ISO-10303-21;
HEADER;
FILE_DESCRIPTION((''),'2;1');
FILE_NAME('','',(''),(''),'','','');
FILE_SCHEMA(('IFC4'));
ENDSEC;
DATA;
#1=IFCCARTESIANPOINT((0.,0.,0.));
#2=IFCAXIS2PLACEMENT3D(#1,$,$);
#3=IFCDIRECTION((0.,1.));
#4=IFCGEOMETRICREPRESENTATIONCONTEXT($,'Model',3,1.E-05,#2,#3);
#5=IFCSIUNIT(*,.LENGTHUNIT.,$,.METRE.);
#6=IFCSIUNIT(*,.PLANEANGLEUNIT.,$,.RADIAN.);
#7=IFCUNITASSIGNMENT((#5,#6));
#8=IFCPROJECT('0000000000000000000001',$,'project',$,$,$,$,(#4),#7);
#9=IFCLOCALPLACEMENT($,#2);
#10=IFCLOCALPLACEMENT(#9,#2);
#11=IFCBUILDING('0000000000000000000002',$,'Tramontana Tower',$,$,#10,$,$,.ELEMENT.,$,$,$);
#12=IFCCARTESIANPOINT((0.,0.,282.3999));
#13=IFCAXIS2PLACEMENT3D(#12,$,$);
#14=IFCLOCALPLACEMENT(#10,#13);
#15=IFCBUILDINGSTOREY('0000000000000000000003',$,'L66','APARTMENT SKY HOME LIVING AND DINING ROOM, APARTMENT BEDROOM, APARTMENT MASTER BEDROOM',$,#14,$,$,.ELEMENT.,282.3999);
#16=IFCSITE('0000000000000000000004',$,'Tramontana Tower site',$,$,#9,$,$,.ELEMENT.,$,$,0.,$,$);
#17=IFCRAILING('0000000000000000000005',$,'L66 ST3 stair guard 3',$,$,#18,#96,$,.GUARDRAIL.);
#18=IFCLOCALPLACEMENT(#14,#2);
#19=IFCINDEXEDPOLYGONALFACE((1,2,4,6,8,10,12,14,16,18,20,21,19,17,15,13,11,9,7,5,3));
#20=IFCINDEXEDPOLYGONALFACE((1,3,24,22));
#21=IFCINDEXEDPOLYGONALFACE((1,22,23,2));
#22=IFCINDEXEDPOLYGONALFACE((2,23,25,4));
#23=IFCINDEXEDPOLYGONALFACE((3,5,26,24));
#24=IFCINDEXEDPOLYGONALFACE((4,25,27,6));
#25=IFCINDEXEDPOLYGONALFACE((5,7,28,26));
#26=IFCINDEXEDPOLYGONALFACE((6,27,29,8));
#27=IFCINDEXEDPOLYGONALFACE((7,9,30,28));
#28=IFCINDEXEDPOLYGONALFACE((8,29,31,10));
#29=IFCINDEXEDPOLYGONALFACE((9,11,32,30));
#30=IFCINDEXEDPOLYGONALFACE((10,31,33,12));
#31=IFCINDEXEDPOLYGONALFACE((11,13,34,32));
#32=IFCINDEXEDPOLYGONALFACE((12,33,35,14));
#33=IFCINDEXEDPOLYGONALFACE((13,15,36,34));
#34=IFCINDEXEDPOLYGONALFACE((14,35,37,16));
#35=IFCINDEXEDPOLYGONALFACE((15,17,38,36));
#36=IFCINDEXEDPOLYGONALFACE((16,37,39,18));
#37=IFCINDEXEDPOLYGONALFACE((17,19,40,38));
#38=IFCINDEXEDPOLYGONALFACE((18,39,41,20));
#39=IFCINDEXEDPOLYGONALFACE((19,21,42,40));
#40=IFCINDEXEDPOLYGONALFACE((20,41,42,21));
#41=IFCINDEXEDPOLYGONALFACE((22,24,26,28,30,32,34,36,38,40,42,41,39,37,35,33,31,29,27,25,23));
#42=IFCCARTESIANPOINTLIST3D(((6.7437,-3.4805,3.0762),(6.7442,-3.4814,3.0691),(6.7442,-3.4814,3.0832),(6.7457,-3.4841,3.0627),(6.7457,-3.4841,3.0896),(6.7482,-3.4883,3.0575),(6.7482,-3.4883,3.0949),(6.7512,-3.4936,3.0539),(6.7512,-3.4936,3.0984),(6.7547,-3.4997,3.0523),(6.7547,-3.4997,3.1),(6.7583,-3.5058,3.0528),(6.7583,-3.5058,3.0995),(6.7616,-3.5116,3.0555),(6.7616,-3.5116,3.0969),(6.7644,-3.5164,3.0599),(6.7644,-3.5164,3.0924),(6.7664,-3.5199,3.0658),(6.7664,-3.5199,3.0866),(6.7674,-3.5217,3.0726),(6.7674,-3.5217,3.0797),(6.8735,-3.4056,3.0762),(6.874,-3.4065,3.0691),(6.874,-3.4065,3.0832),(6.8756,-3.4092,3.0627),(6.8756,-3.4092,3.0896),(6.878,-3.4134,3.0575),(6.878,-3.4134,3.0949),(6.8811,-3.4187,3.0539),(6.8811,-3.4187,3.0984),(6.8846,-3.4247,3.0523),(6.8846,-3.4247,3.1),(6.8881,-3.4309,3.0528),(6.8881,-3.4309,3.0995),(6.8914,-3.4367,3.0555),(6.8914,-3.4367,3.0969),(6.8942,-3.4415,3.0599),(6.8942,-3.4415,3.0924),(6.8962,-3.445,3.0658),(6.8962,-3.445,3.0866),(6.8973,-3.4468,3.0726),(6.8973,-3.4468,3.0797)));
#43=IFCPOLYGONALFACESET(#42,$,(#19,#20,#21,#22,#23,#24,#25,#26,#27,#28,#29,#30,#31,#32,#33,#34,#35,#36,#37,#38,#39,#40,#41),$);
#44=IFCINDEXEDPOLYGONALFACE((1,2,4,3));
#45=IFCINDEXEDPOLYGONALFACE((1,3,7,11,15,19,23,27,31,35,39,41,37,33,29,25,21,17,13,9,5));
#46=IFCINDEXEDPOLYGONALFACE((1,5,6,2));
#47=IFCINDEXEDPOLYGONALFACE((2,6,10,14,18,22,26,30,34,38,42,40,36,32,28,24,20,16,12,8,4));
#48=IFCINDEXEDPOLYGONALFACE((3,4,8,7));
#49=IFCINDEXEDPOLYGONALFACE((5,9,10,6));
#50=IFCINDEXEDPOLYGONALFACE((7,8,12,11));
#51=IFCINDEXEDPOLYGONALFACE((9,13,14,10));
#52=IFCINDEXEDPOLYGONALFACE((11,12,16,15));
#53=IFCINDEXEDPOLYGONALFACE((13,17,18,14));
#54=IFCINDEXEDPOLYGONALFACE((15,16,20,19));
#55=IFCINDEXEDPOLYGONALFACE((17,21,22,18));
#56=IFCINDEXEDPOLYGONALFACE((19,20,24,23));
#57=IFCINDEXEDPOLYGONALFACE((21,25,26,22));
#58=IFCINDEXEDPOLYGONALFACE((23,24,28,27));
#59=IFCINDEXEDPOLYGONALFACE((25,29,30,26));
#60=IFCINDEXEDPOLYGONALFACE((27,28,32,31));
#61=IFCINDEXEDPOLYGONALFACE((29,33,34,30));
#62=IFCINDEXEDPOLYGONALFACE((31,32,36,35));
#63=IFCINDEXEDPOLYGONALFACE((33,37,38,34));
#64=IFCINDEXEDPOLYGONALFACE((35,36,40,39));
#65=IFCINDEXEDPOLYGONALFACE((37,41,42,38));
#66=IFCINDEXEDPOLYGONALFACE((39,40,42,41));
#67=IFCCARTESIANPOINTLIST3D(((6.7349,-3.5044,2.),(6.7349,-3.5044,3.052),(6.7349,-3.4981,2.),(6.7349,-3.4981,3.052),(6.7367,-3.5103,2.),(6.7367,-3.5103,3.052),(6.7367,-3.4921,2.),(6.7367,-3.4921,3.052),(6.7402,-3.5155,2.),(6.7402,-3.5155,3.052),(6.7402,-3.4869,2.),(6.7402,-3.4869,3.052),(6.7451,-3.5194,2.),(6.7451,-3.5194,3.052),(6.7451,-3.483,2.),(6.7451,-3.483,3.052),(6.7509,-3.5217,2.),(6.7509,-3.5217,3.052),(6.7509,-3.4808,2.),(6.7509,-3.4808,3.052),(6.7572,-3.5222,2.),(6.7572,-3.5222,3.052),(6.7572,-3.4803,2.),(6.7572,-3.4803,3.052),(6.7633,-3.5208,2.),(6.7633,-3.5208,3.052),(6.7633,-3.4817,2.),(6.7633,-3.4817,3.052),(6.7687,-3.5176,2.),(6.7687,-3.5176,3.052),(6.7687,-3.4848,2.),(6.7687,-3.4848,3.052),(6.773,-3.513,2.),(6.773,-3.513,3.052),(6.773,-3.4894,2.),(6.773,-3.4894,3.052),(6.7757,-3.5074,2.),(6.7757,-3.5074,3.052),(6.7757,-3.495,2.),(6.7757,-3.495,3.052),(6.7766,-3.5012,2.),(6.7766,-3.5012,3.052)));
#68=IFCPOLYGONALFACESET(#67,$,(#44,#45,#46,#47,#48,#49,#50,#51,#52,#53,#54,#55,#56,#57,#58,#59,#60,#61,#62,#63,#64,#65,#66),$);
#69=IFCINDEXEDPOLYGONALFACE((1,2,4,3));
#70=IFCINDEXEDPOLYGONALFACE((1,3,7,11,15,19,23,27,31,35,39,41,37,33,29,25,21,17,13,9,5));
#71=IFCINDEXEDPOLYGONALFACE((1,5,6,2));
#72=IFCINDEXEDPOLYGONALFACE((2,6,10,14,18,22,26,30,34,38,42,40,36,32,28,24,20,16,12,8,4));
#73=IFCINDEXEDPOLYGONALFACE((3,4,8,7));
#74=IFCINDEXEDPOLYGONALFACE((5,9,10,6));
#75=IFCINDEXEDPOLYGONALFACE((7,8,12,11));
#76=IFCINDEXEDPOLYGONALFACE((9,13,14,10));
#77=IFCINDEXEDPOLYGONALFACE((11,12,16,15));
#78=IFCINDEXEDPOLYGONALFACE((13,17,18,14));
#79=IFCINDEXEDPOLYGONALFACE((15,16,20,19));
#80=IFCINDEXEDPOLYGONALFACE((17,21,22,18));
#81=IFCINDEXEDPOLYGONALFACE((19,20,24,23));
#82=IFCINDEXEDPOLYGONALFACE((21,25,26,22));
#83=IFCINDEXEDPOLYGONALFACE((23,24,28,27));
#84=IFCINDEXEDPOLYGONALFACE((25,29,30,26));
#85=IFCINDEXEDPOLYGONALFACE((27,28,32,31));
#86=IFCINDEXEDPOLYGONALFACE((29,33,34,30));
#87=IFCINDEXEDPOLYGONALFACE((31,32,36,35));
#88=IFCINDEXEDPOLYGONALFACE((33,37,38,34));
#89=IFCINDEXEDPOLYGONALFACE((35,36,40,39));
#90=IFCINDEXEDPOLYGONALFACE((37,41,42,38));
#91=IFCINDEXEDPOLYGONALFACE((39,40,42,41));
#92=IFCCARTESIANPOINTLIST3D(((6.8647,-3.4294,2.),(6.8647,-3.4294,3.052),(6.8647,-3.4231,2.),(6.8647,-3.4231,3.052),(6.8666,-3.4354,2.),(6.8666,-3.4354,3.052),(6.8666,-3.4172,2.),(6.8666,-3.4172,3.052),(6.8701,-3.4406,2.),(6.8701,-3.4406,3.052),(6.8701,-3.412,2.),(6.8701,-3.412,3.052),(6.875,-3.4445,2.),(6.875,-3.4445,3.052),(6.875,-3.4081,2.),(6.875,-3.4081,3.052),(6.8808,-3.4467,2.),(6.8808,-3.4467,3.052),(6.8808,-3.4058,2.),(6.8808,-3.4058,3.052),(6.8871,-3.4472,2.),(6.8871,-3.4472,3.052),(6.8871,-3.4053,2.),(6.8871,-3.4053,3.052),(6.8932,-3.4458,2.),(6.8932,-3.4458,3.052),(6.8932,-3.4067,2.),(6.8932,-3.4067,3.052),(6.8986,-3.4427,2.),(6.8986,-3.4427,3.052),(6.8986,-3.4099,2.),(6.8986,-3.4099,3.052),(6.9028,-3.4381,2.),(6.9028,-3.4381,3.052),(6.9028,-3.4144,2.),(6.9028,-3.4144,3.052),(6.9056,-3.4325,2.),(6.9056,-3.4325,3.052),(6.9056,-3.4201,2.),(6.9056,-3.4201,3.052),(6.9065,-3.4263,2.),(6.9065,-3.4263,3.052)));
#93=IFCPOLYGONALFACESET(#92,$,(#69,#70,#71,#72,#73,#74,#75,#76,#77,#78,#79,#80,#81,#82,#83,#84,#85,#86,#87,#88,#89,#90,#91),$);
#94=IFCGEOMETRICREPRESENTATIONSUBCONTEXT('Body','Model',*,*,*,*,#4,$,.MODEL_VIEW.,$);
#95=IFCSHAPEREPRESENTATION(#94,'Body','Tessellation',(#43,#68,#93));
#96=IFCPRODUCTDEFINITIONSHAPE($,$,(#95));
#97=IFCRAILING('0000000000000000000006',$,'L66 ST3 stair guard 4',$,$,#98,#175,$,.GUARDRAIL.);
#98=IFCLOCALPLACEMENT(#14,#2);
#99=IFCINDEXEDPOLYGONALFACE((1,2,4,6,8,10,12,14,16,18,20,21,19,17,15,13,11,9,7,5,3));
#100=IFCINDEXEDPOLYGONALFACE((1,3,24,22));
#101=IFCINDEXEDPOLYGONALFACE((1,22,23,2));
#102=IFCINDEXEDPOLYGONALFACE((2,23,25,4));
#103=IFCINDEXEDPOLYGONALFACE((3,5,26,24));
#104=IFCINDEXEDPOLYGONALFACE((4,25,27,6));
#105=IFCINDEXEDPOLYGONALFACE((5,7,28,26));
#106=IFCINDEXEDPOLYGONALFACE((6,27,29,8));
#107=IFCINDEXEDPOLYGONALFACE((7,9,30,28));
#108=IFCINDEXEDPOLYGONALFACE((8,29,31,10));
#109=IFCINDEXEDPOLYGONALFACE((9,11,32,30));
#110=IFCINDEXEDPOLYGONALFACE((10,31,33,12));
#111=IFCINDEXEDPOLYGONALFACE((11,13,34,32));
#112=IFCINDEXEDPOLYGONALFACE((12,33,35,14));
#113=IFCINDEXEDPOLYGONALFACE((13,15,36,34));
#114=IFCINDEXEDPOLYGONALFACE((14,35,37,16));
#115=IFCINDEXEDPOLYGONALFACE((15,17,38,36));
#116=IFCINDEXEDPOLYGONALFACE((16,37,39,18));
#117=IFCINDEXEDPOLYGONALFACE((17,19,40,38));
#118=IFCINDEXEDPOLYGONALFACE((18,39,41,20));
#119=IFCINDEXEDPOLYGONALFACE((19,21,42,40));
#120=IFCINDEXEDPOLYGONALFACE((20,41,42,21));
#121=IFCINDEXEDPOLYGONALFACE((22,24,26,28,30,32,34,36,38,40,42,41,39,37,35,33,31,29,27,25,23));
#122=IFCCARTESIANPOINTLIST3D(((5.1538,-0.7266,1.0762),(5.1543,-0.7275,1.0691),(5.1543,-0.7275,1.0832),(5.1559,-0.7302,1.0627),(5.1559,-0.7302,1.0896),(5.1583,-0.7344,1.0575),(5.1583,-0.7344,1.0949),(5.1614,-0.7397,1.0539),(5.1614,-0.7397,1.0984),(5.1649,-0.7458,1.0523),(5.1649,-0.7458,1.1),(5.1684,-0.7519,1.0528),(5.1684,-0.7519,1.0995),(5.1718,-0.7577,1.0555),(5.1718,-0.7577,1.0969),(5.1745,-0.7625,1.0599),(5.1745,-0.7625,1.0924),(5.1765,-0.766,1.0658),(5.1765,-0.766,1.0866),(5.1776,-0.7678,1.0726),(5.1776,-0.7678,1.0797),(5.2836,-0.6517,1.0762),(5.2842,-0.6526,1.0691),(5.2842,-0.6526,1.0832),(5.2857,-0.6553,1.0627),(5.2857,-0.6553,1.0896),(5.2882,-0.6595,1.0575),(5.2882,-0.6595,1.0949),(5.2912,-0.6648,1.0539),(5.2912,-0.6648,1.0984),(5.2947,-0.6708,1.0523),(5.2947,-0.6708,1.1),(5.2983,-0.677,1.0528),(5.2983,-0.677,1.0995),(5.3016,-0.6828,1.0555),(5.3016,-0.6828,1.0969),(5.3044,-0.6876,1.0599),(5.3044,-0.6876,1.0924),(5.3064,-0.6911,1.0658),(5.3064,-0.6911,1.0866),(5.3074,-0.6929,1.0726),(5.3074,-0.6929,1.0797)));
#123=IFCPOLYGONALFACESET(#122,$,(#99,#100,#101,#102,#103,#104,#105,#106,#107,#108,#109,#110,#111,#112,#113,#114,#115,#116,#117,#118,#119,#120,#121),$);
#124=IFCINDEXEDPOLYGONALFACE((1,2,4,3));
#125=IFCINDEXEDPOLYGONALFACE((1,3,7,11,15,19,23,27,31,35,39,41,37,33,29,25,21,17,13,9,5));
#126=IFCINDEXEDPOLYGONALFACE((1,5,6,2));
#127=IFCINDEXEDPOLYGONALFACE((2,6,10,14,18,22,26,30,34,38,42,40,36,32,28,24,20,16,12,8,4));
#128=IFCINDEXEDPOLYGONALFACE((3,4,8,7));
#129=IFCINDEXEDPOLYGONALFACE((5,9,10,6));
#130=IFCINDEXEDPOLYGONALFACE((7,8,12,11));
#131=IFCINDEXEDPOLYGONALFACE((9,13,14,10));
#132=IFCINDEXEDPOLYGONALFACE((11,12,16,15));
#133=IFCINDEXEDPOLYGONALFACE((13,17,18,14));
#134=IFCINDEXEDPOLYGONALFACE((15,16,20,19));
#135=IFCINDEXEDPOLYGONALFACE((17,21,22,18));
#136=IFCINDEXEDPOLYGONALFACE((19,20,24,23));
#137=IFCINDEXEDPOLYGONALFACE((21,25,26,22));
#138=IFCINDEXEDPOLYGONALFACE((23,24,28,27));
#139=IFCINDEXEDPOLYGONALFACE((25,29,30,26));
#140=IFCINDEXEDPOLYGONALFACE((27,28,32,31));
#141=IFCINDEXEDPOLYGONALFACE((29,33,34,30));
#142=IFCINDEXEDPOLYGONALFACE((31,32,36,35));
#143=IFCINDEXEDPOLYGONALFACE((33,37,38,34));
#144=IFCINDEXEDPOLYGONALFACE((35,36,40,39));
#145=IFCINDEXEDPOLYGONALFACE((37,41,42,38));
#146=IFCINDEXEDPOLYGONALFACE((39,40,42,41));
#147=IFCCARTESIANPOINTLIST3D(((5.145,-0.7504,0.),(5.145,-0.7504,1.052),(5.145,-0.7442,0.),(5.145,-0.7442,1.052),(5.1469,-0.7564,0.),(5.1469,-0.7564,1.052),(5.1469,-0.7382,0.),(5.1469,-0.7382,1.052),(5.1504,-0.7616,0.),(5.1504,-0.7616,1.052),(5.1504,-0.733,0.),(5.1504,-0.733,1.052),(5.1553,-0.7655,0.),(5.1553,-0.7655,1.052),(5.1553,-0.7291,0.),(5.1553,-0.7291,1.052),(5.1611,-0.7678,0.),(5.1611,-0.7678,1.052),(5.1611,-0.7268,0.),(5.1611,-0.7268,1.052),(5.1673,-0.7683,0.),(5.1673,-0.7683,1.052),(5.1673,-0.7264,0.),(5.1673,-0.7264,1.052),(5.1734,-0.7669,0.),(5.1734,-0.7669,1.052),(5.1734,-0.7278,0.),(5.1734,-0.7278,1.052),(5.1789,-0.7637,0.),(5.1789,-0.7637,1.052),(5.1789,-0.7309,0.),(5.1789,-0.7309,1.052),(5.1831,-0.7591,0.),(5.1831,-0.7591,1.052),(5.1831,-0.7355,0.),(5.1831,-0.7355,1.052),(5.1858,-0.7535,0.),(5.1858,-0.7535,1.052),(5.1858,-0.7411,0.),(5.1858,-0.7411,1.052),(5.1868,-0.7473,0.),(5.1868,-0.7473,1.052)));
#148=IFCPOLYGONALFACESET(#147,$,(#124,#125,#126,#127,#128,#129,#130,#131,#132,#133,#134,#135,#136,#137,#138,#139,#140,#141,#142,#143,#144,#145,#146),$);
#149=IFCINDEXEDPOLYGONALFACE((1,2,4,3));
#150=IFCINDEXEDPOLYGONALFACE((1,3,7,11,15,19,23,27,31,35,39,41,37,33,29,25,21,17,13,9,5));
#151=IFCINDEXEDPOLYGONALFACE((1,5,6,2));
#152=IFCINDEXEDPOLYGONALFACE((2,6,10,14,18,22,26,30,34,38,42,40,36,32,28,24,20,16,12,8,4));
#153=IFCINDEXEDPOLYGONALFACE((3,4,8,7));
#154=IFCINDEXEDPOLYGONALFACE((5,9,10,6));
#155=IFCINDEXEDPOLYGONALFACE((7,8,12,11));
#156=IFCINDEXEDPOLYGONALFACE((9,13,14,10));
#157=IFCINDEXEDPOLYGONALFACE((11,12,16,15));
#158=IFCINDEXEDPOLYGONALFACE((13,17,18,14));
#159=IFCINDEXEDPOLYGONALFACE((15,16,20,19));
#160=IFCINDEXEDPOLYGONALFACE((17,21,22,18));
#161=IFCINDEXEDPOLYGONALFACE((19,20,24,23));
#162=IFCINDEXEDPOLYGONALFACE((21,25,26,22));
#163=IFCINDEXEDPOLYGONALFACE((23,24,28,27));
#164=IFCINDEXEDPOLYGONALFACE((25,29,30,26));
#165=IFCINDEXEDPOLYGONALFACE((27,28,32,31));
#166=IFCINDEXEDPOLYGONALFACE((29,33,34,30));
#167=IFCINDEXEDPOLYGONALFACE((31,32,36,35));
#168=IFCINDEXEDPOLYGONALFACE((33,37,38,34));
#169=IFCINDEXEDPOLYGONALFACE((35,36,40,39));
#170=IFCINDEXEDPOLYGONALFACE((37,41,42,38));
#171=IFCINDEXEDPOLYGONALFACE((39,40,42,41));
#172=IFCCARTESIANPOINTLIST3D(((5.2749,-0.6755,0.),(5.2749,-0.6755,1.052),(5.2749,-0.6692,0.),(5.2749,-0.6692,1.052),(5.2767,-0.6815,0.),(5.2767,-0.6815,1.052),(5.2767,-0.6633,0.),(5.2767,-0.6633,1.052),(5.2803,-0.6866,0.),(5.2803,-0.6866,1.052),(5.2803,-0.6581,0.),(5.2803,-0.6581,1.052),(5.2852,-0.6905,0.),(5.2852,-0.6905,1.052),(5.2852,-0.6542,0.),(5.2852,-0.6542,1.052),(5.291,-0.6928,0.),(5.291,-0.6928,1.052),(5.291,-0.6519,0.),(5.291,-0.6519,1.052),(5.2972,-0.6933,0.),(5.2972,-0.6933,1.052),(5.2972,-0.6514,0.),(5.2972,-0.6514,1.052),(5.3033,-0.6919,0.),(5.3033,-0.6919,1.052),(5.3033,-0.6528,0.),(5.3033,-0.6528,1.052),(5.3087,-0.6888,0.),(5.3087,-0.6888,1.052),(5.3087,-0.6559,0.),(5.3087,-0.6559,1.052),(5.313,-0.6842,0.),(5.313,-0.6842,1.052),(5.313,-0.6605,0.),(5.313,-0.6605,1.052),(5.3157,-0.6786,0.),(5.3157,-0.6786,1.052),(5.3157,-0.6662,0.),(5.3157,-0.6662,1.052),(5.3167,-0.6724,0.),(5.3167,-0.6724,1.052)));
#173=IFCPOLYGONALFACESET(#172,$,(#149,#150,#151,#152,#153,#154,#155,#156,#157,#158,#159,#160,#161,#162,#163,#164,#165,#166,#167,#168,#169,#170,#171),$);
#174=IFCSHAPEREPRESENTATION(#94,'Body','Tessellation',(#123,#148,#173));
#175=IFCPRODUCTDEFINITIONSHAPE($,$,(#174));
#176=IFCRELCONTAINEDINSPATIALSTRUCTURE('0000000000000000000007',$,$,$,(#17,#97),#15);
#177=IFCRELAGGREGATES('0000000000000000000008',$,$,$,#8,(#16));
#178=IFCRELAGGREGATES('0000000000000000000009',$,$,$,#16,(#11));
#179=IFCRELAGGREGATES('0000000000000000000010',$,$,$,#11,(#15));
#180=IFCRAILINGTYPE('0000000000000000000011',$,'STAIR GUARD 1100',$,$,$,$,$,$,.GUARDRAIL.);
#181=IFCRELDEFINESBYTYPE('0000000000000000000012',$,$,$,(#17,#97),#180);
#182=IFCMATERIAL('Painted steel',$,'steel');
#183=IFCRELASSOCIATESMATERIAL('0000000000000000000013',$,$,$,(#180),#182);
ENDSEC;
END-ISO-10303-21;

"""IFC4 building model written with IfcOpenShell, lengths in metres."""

from ifc_helpers import new_model, si_unit, direction, frame, origin, origin_2d, place, context, subcontext, project, spatial, circle, extrude, material, type_object, element, save


model = new_model("IFC4")

# Units and contexts
model_context = context("Model", 3, precision=1e-05, world=origin(), true_north=direction((0.0, 1.0)))
body_context = subcontext(model_context, "Body", "Model", "MODEL_VIEW")
ifc_project = project(units=[si_unit("LENGTHUNIT", "METRE"), si_unit("PLANEANGLEUNIT", "RADIAN")], contexts=[model_context])

# Site, building, storey
site_placement = place(None, origin())
site = spatial("IfcSite", under=ifc_project, at=site_placement, Name="Tramontana Tower site", CompositionType="ELEMENT", RefElevation=0.0)
building_placement = place(site_placement, origin())
building = spatial("IfcBuilding", under=site, at=building_placement, Name="Tramontana Tower", CompositionType="ELEMENT")
storey_placement = place(building_placement, frame((0.0, 0.0, 282.3999)))
storey = spatial("IfcBuildingStorey", under=building, at=storey_placement, Name="L66", Description="APARTMENT SKY HOME LIVING AND DINING ROOM, APARTMENT BEDROOM, APARTMENT MASTER BEDROOM", CompositionType="ELEMENT", Elevation=282.3999)

# Railings
ifc_material_1 = material(Name="Painted steel", Category="steel")
railing_type_1 = type_object("IfcRailingType", Name="STAIR GUARD 1100", PredefinedType="GUARDRAIL", material=ifc_material_1)
for number, where, name in (
    (1, (6.7556, -3.5012, 2.0), "L66 ST3 stair guard 3"),
    (2, (5.1658, -0.7473, 0.0), "L66 ST3 stair guard 4"),
):
    element("IfcRailing", number, at=place(storey_placement, frame(where)), inside=storey, type_object=railing_type_1, Name=name, PredefinedType="GUARDRAIL", context=body_context, shape_type="SweptSolid", body=[
        extrude(circle(Radius=0.0239, at=origin_2d()), frame((0.0, 0.0, 1.0762), z_axis=(0.866131, 0.499816, 0.0), x_axis=(-0.499816, 0.866131, 0.0)), (0.0, 0.0, 1.0), 0.1499),
        extrude(circle(Radius=0.021, at=origin_2d()), origin(), (0.0, 0.0, 1.0), 1.052),
        extrude(circle(Radius=0.021, at=origin_2d()), frame((0.1299, 0.075, 0.0)), (0.0, 0.0, 1.0), 1.052),
    ])

save(model, "model.ifc")
